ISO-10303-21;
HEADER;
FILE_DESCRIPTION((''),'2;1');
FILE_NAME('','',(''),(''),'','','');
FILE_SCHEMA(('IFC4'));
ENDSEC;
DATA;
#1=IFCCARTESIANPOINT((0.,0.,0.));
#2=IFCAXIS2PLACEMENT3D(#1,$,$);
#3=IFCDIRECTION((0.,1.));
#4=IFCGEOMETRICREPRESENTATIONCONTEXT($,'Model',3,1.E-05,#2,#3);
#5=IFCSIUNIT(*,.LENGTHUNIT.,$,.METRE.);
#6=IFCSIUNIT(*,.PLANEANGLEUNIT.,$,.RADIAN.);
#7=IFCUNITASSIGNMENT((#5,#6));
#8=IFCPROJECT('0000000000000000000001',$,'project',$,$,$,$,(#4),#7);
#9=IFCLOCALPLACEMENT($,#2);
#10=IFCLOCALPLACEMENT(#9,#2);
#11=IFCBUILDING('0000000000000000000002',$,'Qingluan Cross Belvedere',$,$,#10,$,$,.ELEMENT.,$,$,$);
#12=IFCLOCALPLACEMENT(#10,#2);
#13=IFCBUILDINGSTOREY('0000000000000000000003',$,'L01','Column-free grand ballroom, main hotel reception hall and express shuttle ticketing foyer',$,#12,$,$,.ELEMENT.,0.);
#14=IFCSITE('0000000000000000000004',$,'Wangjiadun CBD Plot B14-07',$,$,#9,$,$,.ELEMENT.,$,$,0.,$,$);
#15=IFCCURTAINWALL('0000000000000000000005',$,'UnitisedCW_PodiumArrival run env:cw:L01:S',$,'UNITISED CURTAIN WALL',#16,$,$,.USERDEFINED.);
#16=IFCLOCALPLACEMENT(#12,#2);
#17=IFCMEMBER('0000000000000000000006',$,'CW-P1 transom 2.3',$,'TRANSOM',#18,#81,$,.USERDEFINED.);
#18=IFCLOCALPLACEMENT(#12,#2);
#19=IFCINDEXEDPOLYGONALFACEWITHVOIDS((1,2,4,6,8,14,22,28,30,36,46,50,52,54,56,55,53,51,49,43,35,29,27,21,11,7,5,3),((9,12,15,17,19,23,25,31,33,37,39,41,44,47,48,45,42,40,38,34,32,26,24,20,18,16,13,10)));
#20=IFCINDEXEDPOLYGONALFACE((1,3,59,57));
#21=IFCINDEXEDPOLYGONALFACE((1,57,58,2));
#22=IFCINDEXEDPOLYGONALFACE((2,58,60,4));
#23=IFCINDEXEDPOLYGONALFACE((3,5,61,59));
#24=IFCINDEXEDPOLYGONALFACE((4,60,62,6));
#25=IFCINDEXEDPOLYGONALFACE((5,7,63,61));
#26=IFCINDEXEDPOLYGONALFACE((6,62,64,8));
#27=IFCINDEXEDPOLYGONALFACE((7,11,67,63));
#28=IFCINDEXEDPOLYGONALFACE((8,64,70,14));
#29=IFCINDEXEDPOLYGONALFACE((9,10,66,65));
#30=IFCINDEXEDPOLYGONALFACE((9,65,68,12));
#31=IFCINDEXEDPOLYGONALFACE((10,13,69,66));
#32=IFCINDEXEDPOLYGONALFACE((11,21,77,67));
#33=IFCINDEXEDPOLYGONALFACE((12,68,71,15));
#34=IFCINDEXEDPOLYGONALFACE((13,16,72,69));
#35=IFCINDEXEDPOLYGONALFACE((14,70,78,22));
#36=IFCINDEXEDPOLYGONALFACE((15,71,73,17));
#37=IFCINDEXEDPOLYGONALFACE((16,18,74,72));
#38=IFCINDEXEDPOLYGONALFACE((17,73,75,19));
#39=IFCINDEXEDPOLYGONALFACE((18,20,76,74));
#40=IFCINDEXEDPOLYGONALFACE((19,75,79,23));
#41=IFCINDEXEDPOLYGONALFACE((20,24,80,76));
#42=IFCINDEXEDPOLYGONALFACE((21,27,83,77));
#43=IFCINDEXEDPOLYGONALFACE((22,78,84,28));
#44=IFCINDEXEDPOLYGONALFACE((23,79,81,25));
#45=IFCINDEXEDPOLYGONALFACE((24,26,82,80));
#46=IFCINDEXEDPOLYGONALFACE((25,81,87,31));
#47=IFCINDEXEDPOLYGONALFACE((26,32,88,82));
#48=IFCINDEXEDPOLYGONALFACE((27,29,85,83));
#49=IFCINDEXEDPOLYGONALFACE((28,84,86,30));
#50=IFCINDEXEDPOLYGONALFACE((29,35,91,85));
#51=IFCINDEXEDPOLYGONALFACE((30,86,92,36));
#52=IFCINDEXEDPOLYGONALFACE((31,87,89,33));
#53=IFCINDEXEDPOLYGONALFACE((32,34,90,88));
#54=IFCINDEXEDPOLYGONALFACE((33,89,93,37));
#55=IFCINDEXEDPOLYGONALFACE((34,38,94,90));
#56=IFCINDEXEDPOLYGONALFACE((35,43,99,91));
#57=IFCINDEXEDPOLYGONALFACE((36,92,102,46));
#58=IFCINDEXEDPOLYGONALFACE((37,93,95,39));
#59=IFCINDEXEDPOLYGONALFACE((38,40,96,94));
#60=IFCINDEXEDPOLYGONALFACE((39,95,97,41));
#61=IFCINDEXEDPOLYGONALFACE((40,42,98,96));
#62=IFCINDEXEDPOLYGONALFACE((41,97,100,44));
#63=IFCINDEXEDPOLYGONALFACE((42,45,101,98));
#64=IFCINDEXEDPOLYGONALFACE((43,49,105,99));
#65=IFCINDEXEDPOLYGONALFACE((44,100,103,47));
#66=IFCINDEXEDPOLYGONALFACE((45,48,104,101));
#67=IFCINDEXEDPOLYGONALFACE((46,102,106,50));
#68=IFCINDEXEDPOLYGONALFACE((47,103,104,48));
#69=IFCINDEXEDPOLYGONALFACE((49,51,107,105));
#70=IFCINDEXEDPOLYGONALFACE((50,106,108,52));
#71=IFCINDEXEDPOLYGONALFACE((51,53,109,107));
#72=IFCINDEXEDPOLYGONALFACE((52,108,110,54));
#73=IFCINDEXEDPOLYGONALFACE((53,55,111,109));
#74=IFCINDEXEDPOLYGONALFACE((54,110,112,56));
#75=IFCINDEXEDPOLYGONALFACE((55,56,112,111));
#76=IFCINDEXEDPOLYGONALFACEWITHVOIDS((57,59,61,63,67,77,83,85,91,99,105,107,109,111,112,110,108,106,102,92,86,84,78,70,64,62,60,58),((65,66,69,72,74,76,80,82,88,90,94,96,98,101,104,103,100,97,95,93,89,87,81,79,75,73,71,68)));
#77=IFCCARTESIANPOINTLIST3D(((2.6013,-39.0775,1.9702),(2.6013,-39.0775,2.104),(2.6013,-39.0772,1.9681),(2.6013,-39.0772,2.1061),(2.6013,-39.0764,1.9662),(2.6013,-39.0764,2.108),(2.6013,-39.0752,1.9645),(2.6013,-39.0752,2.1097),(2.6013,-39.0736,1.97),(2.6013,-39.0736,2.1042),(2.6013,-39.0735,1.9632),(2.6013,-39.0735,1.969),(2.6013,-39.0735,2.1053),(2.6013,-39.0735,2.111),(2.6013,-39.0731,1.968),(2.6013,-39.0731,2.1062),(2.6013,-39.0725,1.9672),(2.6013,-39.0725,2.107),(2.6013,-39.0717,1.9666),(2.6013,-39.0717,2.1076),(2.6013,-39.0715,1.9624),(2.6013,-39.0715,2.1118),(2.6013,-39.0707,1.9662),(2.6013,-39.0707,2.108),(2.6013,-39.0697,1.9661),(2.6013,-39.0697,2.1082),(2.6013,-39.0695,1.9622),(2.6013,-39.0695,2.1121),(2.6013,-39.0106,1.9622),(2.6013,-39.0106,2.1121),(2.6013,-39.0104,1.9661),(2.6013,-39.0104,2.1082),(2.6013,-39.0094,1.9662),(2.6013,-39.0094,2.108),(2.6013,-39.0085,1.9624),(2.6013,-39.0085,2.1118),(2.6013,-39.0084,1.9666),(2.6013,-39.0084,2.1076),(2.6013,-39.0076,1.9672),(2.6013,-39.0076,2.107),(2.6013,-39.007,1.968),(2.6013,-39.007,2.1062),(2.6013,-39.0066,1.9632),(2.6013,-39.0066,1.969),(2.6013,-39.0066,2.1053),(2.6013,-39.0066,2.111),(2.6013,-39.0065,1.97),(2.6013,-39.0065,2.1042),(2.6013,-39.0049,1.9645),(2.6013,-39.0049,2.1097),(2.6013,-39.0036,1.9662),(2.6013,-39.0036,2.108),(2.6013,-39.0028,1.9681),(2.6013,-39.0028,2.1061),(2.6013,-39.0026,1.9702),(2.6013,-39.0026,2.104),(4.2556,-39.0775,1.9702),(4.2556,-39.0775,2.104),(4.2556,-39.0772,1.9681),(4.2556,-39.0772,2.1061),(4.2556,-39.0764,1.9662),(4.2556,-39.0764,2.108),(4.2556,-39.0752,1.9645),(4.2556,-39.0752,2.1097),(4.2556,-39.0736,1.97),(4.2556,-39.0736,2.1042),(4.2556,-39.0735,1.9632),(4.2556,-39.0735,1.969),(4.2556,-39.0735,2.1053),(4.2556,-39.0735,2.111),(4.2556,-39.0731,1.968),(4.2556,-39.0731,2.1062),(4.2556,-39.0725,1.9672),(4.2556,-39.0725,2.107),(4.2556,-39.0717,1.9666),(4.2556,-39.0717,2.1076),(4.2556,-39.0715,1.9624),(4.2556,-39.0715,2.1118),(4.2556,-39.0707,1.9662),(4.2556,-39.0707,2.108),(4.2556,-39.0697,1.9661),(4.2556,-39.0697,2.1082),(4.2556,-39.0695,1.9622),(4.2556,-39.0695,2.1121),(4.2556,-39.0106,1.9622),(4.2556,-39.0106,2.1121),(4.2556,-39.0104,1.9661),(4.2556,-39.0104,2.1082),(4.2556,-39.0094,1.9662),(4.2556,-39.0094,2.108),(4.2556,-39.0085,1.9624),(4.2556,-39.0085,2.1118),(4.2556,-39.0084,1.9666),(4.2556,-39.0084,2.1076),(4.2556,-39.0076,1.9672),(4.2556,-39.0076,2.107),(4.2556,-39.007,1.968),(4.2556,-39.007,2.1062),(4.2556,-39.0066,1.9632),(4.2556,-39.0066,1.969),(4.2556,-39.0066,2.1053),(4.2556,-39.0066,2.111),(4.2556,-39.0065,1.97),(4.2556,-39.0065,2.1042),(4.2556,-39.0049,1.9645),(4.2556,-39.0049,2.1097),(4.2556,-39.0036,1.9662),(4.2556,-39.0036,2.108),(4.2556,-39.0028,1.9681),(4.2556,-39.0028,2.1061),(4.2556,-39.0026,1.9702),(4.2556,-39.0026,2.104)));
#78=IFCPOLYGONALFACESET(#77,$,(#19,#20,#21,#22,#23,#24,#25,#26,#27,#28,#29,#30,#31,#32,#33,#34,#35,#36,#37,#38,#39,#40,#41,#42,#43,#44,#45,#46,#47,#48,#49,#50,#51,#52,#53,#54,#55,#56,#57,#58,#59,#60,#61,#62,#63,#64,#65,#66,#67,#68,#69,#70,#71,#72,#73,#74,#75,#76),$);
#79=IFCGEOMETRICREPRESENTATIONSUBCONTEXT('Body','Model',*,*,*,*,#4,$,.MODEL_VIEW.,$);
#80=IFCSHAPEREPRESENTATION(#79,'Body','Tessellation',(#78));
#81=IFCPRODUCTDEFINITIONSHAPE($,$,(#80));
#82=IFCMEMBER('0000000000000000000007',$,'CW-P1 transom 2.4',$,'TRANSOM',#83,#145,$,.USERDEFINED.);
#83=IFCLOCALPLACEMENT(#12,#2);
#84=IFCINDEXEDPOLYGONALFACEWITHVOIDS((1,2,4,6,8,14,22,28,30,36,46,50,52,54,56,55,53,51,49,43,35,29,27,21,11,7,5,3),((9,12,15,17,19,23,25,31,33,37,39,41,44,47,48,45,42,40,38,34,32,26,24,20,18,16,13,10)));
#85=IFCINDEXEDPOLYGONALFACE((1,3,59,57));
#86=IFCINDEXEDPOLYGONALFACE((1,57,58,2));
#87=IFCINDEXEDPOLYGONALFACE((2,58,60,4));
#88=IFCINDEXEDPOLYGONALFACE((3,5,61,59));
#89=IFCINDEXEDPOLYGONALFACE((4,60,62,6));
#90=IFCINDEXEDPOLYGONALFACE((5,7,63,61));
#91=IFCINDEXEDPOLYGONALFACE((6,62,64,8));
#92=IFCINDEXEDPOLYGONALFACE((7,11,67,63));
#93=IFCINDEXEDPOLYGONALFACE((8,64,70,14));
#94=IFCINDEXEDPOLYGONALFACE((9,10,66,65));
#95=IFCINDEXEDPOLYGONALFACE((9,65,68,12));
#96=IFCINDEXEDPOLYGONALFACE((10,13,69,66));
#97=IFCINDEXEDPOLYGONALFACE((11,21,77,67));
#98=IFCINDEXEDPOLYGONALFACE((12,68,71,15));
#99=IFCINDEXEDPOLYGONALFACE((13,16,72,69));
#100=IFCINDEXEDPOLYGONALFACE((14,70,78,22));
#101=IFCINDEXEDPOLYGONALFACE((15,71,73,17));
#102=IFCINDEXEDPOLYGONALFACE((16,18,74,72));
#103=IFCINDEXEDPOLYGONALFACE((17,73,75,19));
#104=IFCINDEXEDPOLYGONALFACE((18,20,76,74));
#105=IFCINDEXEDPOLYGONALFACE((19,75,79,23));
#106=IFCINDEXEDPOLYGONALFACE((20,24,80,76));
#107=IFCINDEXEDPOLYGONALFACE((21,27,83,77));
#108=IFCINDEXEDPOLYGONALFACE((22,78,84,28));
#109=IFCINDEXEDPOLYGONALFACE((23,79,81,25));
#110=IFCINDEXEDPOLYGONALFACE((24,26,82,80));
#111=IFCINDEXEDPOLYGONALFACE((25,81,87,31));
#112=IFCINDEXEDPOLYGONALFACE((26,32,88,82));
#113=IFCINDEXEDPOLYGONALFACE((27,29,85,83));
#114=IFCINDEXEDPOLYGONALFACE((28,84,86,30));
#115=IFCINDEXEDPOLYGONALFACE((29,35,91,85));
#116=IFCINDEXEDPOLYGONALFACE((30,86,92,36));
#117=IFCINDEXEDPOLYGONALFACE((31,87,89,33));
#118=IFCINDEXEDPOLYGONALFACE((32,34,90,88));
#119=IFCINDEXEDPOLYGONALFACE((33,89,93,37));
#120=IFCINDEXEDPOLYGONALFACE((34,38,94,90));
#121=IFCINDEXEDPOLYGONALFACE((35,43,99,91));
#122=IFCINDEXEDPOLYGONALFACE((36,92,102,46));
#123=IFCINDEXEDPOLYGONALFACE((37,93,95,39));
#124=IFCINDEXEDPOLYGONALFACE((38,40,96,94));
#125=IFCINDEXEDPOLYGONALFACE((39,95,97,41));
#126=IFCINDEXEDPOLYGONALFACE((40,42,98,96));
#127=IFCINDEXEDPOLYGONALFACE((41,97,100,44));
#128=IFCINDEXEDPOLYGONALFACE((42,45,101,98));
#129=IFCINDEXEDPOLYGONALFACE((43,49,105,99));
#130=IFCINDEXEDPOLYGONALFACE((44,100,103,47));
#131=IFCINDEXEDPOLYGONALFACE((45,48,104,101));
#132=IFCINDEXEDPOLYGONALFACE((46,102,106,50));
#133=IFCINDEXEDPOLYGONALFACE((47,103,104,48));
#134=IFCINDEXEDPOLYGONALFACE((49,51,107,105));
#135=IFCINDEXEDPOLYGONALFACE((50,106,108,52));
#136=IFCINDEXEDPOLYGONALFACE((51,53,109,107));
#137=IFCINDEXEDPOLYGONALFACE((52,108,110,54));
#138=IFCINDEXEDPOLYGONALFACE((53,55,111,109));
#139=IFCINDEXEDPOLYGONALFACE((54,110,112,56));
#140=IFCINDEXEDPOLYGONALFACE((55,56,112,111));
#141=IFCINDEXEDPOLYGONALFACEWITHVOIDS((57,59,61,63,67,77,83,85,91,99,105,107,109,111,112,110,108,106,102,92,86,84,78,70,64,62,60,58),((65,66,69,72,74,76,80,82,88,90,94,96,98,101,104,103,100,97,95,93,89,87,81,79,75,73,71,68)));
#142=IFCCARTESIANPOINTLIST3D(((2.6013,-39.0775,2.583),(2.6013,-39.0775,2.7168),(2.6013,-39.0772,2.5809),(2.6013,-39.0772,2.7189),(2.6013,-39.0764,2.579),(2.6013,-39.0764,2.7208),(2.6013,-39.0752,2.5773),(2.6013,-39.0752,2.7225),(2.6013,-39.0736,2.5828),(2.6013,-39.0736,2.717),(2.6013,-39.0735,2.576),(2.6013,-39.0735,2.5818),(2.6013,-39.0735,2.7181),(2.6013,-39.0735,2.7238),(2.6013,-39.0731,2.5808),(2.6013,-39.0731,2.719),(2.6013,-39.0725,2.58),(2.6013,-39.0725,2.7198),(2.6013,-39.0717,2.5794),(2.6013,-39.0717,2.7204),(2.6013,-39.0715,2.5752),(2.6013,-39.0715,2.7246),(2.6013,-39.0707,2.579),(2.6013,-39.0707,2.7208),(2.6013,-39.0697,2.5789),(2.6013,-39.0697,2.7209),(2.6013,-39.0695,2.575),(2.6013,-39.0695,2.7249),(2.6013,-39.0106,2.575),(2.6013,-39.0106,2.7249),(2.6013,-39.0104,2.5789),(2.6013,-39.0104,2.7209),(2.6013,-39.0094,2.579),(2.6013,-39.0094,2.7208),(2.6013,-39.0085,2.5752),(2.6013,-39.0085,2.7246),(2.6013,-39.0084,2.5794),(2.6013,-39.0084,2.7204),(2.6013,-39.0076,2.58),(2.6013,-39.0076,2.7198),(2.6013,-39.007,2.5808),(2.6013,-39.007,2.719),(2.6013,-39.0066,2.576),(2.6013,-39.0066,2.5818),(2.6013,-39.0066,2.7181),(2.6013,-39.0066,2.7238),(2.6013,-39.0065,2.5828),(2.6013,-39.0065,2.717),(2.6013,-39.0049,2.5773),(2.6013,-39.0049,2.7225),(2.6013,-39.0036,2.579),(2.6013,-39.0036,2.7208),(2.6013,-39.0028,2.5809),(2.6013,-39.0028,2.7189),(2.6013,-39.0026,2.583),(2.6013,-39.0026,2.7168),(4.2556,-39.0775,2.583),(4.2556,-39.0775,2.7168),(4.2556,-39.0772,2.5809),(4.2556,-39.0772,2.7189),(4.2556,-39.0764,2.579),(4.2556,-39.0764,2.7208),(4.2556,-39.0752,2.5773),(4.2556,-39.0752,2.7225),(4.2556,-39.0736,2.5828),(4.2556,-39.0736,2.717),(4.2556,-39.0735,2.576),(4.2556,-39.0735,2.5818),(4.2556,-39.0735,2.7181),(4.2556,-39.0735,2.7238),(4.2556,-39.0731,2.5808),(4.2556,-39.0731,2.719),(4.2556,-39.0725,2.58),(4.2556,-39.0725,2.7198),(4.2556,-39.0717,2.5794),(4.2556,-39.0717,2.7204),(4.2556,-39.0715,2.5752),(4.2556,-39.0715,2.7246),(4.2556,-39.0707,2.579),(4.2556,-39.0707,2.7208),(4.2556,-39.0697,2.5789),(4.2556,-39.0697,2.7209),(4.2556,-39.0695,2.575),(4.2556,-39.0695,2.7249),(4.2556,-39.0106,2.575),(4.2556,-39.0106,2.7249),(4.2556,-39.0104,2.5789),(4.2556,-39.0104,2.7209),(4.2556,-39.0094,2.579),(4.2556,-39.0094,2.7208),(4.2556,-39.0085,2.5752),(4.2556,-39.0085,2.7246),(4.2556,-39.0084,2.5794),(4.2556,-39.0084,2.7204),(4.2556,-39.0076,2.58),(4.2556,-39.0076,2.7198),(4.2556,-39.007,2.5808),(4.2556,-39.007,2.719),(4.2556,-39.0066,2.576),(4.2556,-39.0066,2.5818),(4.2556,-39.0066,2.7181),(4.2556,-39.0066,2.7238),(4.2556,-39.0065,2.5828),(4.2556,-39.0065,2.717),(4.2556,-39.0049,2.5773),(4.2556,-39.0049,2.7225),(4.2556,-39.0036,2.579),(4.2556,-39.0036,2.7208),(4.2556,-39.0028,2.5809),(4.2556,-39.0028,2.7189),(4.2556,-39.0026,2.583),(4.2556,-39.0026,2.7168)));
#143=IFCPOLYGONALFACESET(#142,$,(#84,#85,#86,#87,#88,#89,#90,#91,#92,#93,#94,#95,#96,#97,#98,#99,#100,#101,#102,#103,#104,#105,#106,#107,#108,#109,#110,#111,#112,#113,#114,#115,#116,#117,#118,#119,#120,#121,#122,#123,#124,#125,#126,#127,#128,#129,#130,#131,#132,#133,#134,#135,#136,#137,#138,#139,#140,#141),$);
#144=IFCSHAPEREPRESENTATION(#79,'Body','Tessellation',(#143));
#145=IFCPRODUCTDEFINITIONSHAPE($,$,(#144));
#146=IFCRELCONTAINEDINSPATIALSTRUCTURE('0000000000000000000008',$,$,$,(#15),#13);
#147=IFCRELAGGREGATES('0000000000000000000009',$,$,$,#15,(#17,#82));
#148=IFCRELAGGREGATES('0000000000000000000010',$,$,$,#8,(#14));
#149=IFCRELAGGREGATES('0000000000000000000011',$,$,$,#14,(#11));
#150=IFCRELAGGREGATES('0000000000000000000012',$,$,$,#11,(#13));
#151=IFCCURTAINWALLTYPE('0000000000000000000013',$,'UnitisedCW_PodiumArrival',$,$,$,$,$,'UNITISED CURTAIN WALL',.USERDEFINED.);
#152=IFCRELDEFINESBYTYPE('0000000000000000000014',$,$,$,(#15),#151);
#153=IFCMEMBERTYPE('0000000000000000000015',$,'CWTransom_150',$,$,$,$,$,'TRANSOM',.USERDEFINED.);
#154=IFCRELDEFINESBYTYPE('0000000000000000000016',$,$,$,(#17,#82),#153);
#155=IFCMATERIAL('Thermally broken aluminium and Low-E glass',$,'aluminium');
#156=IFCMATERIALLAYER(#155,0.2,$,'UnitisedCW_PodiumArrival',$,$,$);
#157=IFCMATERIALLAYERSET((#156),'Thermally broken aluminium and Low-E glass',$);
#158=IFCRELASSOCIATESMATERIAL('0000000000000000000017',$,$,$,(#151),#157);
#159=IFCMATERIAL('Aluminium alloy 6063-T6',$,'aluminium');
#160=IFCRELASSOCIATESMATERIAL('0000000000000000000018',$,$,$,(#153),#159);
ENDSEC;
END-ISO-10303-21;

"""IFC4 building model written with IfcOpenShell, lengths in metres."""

from ifc_helpers import new_model, si_unit, direction, frame, origin, origin_2d, place, context, subcontext, project, spatial, hollow_rectangle, extrude, material, layer, layer_set, material_profile, profile_set, type_object, element, aggregate, save


model = new_model("IFC4")

# Units and contexts
model_context = context("Model", 3, precision=1e-05, world=origin(), true_north=direction((0.0, 1.0)))
body_context = subcontext(model_context, "Body", "Model", "MODEL_VIEW")
ifc_project = project(units=[si_unit("LENGTHUNIT", "METRE"), si_unit("PLANEANGLEUNIT", "RADIAN")], contexts=[model_context])

# Site, building, storey
site_placement = place(None, origin())
site = spatial("IfcSite", under=ifc_project, at=site_placement, Name="Wangjiadun CBD Plot B14-07", CompositionType="ELEMENT", RefElevation=0.0)
building_placement = place(site_placement, origin())
building = spatial("IfcBuilding", under=site, at=building_placement, Name="Qingluan Cross Belvedere", CompositionType="ELEMENT")
storey_placement = place(building_placement, origin())
storey = spatial("IfcBuildingStorey", under=building, at=storey_placement, Name="L01", Description="Column-free grand ballroom, main hotel reception hall and express shuttle ticketing foyer", CompositionType="ELEMENT", Elevation=0.0)

# Curtain wall, members
ifc_material_1 = material(Name="Thermally broken aluminium and Low-E glass", Category="aluminium")
ifc_layer_1 = layer(ifc_material_1, 0.2, Name="UnitisedCW_PodiumArrival")
ifc_layer_set_1 = layer_set([ifc_layer_1], Name="Thermally broken aluminium and Low-E glass")
curtain_wall_type = type_object("IfcCurtainWallType", Name="UnitisedCW_PodiumArrival", ElementType="UNITISED CURTAIN WALL", PredefinedType="USERDEFINED", material=ifc_layer_set_1)
curtain_wall_placement = place(storey_placement, origin())
curtain_wall = element("IfcCurtainWall", 1, at=curtain_wall_placement, inside=storey, type_object=curtain_wall_type, Name="UnitisedCW_PodiumArrival run env:cw:L01:S", ObjectType="UNITISED CURTAIN WALL", PredefinedType="USERDEFINED")
ifc_material_2 = material(Name="Aluminium alloy 6063-T6", Category="aluminium")
ifc_material_profile_1 = material_profile(ifc_material_2, hollow_rectangle(XDim=0.075, YDim=0.1499, WallThickness=0.0039, InnerFilletRadius=0.0039, OuterFilletRadius=0.0081, at=origin_2d()), Name="CWT150x75x4")
ifc_profile_set_1 = profile_set([ifc_material_profile_1], Name="Aluminium alloy 6063-T6")
member_type_1 = type_object("IfcMemberType", Name="CWTransom_150", ElementType="TRANSOM", PredefinedType="USERDEFINED", material=ifc_profile_set_1)
member_1_placement = place(storey_placement, frame((4.2556, -39.04, 2.0371), z_axis=(-1.0, 0.0, 0.0), x_axis=(0.0, -1.0, 0.0)))
member_1 = element("IfcMember", 2, at=member_1_placement, type_object=member_type_1, Name="CW-P1 transom 2.3", ObjectType="TRANSOM", PredefinedType="USERDEFINED", context=body_context, shape_type="SweptSolid", body=[
    extrude(hollow_rectangle(XDim=0.075, YDim=0.1499, WallThickness=0.0039, InnerFilletRadius=0.0039, OuterFilletRadius=0.0081, at=origin_2d()), origin(), (0.0, 0.0, 1.0), 1.6543),
])
member_2_placement = place(storey_placement, frame((4.2556, -39.04, 2.6499), z_axis=(-1.0, 0.0, 0.0), x_axis=(0.0, -1.0, 0.0)))
member_2 = element("IfcMember", 3, at=member_2_placement, type_object=member_type_1, Name="CW-P1 transom 2.4", ObjectType="TRANSOM", PredefinedType="USERDEFINED", context=body_context, shape_type="SweptSolid", body=[
    extrude(hollow_rectangle(XDim=0.075, YDim=0.1499, WallThickness=0.0039, InnerFilletRadius=0.0039, OuterFilletRadius=0.0081, at=origin_2d()), origin(), (0.0, 0.0, 1.0), 1.6543),
])
aggregate(curtain_wall, [member_1, member_2])

save(model, "model.ifc")
